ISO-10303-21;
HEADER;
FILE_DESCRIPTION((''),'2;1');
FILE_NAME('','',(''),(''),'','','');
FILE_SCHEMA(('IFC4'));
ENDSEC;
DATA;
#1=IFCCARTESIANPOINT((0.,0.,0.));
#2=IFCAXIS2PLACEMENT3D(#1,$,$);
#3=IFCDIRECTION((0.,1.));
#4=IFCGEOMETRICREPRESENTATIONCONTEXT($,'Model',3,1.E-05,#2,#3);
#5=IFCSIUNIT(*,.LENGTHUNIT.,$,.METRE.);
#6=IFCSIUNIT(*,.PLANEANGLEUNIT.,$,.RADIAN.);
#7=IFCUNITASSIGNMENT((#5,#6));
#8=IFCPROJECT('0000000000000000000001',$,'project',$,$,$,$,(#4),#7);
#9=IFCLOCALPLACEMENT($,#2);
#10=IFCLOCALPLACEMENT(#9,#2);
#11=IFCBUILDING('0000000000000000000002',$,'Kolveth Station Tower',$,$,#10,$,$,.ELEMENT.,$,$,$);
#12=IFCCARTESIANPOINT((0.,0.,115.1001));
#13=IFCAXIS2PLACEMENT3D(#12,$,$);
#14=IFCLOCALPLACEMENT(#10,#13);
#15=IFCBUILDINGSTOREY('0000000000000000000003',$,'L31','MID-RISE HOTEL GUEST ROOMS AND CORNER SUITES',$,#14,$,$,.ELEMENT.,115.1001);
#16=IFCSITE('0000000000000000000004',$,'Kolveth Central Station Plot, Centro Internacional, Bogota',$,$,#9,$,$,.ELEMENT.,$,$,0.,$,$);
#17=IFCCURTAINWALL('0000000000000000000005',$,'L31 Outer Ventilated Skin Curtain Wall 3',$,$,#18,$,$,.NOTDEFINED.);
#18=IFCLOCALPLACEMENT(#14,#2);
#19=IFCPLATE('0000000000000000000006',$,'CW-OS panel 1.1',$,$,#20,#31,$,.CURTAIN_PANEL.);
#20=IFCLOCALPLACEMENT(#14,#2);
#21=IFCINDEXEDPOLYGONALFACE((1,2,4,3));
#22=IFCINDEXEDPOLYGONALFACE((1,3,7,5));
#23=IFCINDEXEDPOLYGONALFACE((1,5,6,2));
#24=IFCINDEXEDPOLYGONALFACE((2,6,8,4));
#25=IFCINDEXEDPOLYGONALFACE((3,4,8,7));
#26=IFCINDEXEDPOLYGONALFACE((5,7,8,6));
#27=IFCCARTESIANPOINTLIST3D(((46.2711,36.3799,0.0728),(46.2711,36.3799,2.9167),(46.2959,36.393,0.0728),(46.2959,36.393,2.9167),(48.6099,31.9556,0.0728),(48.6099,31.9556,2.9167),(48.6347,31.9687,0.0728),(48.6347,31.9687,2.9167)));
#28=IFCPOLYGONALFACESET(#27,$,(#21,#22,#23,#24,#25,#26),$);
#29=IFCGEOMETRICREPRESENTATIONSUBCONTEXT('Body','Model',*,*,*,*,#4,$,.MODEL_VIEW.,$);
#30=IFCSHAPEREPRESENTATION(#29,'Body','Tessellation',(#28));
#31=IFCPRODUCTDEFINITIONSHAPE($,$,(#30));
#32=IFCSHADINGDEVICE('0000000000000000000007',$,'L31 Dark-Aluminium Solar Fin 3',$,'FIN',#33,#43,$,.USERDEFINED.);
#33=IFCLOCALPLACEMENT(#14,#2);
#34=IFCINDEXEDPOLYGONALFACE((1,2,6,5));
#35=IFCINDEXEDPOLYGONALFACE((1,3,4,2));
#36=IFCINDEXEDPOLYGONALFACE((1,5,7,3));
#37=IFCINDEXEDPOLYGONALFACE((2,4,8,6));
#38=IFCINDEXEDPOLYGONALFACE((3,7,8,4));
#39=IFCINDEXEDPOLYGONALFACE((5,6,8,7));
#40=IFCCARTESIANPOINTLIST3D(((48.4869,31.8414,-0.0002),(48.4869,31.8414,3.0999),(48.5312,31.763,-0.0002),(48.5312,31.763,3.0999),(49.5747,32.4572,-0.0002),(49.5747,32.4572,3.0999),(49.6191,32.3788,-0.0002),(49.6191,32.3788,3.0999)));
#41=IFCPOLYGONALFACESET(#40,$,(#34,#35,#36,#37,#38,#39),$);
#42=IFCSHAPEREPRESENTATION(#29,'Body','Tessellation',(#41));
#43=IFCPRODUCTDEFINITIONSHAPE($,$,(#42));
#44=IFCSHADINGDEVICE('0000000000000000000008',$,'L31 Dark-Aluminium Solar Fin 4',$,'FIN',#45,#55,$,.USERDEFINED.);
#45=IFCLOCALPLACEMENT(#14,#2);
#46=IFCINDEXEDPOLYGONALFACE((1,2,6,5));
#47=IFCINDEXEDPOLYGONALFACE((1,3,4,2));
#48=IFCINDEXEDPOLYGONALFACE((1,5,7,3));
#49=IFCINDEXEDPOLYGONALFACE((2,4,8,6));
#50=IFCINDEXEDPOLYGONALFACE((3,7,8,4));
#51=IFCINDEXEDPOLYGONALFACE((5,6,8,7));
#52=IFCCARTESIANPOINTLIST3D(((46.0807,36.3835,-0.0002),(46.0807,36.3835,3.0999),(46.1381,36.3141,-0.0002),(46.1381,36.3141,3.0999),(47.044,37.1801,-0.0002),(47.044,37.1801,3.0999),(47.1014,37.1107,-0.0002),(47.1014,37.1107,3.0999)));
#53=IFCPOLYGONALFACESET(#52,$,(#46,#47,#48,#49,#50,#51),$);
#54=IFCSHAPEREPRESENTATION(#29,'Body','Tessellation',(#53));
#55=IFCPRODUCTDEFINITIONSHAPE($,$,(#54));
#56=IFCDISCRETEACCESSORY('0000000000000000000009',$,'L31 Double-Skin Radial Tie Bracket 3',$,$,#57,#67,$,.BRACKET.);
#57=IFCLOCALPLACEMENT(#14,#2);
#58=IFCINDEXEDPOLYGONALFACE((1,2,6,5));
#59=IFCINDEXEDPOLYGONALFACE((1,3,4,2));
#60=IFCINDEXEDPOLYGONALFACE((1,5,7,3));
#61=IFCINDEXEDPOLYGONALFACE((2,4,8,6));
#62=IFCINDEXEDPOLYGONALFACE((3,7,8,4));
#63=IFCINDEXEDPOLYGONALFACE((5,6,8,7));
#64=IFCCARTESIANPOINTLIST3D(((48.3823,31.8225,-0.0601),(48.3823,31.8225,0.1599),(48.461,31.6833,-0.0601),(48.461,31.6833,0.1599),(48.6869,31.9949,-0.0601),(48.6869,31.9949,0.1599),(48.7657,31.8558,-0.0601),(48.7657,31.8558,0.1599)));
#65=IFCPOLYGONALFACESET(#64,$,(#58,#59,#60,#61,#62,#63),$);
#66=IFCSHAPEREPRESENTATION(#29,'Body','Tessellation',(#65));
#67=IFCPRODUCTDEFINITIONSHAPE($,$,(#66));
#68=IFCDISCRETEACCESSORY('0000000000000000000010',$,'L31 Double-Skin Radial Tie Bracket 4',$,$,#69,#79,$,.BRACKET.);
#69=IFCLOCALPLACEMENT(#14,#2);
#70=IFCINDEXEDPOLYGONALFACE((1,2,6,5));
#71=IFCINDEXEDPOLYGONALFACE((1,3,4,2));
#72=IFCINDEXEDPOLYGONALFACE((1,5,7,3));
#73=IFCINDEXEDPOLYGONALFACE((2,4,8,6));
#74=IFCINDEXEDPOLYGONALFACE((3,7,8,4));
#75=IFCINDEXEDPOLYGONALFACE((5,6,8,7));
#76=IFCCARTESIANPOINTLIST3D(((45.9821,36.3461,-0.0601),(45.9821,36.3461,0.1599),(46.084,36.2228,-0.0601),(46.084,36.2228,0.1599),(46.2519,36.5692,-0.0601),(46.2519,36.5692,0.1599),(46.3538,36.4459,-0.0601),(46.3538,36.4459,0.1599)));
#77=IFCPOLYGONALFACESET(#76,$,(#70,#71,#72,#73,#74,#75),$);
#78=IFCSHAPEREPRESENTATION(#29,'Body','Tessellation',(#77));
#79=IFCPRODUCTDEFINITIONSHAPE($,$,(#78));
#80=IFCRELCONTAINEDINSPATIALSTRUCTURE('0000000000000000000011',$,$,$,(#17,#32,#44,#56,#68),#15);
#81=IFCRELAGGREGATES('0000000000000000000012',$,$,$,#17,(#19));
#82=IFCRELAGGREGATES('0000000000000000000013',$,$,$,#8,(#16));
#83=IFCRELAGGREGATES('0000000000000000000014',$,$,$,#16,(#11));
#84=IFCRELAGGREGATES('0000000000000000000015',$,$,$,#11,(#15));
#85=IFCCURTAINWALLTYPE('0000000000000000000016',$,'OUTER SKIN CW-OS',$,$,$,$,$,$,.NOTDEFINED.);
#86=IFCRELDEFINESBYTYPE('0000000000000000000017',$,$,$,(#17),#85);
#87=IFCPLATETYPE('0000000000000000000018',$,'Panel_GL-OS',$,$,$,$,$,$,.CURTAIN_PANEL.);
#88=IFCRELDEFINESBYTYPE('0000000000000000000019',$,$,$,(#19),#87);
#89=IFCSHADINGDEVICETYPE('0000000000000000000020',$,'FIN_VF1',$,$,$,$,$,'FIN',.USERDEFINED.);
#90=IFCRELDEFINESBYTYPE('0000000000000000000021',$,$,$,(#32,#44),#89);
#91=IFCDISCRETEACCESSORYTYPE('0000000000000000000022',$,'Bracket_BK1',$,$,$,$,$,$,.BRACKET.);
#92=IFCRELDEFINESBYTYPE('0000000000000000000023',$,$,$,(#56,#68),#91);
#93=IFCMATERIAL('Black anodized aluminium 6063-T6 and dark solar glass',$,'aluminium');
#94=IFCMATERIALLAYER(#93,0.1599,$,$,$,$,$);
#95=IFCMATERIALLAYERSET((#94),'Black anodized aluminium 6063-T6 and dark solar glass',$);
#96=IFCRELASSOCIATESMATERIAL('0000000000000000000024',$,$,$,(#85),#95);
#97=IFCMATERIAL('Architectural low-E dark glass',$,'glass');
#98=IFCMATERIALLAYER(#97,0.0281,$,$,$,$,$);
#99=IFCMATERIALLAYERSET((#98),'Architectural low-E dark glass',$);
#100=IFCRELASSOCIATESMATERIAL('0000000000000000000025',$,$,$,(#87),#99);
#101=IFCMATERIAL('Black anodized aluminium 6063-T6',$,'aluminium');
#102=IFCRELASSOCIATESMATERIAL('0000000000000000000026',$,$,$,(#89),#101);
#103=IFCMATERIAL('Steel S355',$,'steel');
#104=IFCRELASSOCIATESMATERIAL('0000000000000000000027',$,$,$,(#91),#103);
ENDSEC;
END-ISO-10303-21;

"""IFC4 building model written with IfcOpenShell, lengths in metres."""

from ifc_helpers import new_model, si_unit, direction, frame, origin, origin_2d, place, context, subcontext, project, spatial, rectangle, extrude, source, transform, mapped, material, layer, layer_set, type_object, element, aggregate, save


model = new_model("IFC4")

# Units and contexts
model_context = context("Model", 3, precision=1e-05, world=origin(), true_north=direction((0.0, 1.0)))
body_context = subcontext(model_context, "Body", "Model", "MODEL_VIEW")
ifc_project = project(units=[si_unit("LENGTHUNIT", "METRE"), si_unit("PLANEANGLEUNIT", "RADIAN")], contexts=[model_context])

# Site, building, storey
site_placement = place(None, origin())
site = spatial("IfcSite", under=ifc_project, at=site_placement, Name="Kolveth Central Station Plot, Centro Internacional, Bogota", CompositionType="ELEMENT", RefElevation=0.0)
building_placement = place(site_placement, origin())
building = spatial("IfcBuilding", under=site, at=building_placement, Name="Kolveth Station Tower", CompositionType="ELEMENT")
storey_placement = place(building_placement, frame((0.0, 0.0, 115.1001)))
storey = spatial("IfcBuildingStorey", under=building, at=storey_placement, Name="L31", Description="MID-RISE HOTEL GUEST ROOMS AND CORNER SUITES", CompositionType="ELEMENT", Elevation=115.1001)

# Shared definitions
ifc_material_1 = material(Name="Black anodized aluminium 6063-T6", Category="aluminium")

# Shared definitions
ifc_material_2 = material(Name="Black anodized aluminium 6063-T6 and dark solar glass", Category="aluminium")
ifc_layer_1 = layer(ifc_material_2, 0.1599)
ifc_layer_set_1 = layer_set([ifc_layer_1], Name="Black anodized aluminium 6063-T6 and dark solar glass")
curtain_wall_type_1 = type_object("IfcCurtainWallType", Name="OUTER SKIN CW-OS", PredefinedType="NOTDEFINED", material=ifc_layer_set_1)

# Curtain wall
curtain_wall_1_placement = place(storey_placement, origin())
curtain_wall_1 = element("IfcCurtainWall", 1, at=curtain_wall_1_placement, inside=storey, type_object=curtain_wall_type_1, Name="L31 Outer Ventilated Skin Curtain Wall 3", PredefinedType="NOTDEFINED")

# Plate
ifc_material_3 = material(Name="Architectural low-E dark glass", Category="glass")
ifc_layer_2 = layer(ifc_material_3, 0.0281)
ifc_layer_set_2 = layer_set([ifc_layer_2], Name="Architectural low-E dark glass")
plate_type_1 = type_object("IfcPlateType", Name="Panel_GL-OS", PredefinedType="CURTAIN_PANEL", material=ifc_layer_set_2)
shared_shape_1 = source(origin(), body_context, "Body", "SweptSolid", [
    extrude(rectangle(XDim=5.0044, YDim=0.0281, at=origin_2d()), origin(), (0.0, 0.0, 1.0), 2.844),
])
plate_1_placement = place(storey_placement, frame((47.4529, 34.1743, 0.0728), z_axis=(0.0, 0.0, 1.0), x_axis=(-0.467345, 0.884075, 0.0)))
plate_1 = element("IfcPlate", 2, at=plate_1_placement, type_object=plate_type_1, Name="CW-OS panel 1.1", PredefinedType="CURTAIN_PANEL", context=body_context, shape_type="MappedRepresentation", body=[
    mapped(shared_shape_1, transform((0.0, 0.0, 0.0), x_axis=(1.0, 0.0, 0.0), y_axis=(0.0, 1.0, 0.0), z_axis=(0.0, 0.0, 1.0), scale=1.0)),
])
aggregate(curtain_wall_1, [plate_1])

# Shading devices
shading_device_type = type_object("IfcShadingDeviceType", Name="FIN_VF1", ElementType="FIN", PredefinedType="USERDEFINED", material=ifc_material_1)
shared_shape_2 = source(origin(), body_context, "Body", "SweptSolid", [
    extrude(rectangle(XDim=1.25, YDim=0.0901, at=origin_2d()), origin(), (0.0, 0.0, 1.0), 3.1001),
])
for number, where, z_axis, x_axis, name in (
    (3, (49.053, 32.1101, -0.0002), (0.0, 0.0, 1.0), (0.87027, 0.492575, 0.0), "L31 Dark-Aluminium Solar Fin 3"),
    (4, (46.5911, 36.7471, -0.0002), (0.0, 0.0, 1.0), (0.770624, 0.63729, 0.0), "L31 Dark-Aluminium Solar Fin 4"),
):
    element("IfcShadingDevice", number, at=place(storey_placement, frame(where, z_axis=z_axis, x_axis=x_axis)), inside=storey, type_object=shading_device_type, Name=name, ObjectType="FIN", PredefinedType="USERDEFINED", context=body_context, shape_type="MappedRepresentation", body=[
        mapped(shared_shape_2, transform((0.0, 0.0, 0.0), x_axis=(1.0, 0.0, 0.0), y_axis=(0.0, 1.0, 0.0), z_axis=(0.0, 0.0, 1.0), scale=1.0)),
    ])

# Discrete accessories
ifc_material_4 = material(Name="Steel S355", Category="steel")
discrete_accessory_type = type_object("IfcDiscreteAccessoryType", Name="Bracket_BK1", PredefinedType="BRACKET", material=ifc_material_4)
shared_shape_3 = source(origin(), body_context, "Body", "SweptSolid", [
    extrude(rectangle(XDim=0.3501, YDim=0.1599, at=origin_2d()), origin(), (0.0, 0.0, 1.0), 0.22),
])
for number, where, z_axis, x_axis, name in (
    (5, (48.574, 31.8391, -0.0601), (0.0, 0.0, 1.0), (0.87027, 0.492575, 0.0), "L31 Double-Skin Radial Tie Bracket 3"),
    (6, (46.168, 36.396, -0.0601), (0.0, 0.0, 1.0), (0.770624, 0.63729, 0.0), "L31 Double-Skin Radial Tie Bracket 4"),
):
    element("IfcDiscreteAccessory", number, at=place(storey_placement, frame(where, z_axis=z_axis, x_axis=x_axis)), inside=storey, type_object=discrete_accessory_type, Name=name, PredefinedType="BRACKET", context=body_context, shape_type="MappedRepresentation", body=[
        mapped(shared_shape_3, transform((0.0, 0.0, 0.0), x_axis=(1.0, 0.0, 0.0), y_axis=(0.0, 1.0, 0.0), z_axis=(0.0, 0.0, 1.0), scale=1.0)),
    ])

save(model, "model.ifc")
